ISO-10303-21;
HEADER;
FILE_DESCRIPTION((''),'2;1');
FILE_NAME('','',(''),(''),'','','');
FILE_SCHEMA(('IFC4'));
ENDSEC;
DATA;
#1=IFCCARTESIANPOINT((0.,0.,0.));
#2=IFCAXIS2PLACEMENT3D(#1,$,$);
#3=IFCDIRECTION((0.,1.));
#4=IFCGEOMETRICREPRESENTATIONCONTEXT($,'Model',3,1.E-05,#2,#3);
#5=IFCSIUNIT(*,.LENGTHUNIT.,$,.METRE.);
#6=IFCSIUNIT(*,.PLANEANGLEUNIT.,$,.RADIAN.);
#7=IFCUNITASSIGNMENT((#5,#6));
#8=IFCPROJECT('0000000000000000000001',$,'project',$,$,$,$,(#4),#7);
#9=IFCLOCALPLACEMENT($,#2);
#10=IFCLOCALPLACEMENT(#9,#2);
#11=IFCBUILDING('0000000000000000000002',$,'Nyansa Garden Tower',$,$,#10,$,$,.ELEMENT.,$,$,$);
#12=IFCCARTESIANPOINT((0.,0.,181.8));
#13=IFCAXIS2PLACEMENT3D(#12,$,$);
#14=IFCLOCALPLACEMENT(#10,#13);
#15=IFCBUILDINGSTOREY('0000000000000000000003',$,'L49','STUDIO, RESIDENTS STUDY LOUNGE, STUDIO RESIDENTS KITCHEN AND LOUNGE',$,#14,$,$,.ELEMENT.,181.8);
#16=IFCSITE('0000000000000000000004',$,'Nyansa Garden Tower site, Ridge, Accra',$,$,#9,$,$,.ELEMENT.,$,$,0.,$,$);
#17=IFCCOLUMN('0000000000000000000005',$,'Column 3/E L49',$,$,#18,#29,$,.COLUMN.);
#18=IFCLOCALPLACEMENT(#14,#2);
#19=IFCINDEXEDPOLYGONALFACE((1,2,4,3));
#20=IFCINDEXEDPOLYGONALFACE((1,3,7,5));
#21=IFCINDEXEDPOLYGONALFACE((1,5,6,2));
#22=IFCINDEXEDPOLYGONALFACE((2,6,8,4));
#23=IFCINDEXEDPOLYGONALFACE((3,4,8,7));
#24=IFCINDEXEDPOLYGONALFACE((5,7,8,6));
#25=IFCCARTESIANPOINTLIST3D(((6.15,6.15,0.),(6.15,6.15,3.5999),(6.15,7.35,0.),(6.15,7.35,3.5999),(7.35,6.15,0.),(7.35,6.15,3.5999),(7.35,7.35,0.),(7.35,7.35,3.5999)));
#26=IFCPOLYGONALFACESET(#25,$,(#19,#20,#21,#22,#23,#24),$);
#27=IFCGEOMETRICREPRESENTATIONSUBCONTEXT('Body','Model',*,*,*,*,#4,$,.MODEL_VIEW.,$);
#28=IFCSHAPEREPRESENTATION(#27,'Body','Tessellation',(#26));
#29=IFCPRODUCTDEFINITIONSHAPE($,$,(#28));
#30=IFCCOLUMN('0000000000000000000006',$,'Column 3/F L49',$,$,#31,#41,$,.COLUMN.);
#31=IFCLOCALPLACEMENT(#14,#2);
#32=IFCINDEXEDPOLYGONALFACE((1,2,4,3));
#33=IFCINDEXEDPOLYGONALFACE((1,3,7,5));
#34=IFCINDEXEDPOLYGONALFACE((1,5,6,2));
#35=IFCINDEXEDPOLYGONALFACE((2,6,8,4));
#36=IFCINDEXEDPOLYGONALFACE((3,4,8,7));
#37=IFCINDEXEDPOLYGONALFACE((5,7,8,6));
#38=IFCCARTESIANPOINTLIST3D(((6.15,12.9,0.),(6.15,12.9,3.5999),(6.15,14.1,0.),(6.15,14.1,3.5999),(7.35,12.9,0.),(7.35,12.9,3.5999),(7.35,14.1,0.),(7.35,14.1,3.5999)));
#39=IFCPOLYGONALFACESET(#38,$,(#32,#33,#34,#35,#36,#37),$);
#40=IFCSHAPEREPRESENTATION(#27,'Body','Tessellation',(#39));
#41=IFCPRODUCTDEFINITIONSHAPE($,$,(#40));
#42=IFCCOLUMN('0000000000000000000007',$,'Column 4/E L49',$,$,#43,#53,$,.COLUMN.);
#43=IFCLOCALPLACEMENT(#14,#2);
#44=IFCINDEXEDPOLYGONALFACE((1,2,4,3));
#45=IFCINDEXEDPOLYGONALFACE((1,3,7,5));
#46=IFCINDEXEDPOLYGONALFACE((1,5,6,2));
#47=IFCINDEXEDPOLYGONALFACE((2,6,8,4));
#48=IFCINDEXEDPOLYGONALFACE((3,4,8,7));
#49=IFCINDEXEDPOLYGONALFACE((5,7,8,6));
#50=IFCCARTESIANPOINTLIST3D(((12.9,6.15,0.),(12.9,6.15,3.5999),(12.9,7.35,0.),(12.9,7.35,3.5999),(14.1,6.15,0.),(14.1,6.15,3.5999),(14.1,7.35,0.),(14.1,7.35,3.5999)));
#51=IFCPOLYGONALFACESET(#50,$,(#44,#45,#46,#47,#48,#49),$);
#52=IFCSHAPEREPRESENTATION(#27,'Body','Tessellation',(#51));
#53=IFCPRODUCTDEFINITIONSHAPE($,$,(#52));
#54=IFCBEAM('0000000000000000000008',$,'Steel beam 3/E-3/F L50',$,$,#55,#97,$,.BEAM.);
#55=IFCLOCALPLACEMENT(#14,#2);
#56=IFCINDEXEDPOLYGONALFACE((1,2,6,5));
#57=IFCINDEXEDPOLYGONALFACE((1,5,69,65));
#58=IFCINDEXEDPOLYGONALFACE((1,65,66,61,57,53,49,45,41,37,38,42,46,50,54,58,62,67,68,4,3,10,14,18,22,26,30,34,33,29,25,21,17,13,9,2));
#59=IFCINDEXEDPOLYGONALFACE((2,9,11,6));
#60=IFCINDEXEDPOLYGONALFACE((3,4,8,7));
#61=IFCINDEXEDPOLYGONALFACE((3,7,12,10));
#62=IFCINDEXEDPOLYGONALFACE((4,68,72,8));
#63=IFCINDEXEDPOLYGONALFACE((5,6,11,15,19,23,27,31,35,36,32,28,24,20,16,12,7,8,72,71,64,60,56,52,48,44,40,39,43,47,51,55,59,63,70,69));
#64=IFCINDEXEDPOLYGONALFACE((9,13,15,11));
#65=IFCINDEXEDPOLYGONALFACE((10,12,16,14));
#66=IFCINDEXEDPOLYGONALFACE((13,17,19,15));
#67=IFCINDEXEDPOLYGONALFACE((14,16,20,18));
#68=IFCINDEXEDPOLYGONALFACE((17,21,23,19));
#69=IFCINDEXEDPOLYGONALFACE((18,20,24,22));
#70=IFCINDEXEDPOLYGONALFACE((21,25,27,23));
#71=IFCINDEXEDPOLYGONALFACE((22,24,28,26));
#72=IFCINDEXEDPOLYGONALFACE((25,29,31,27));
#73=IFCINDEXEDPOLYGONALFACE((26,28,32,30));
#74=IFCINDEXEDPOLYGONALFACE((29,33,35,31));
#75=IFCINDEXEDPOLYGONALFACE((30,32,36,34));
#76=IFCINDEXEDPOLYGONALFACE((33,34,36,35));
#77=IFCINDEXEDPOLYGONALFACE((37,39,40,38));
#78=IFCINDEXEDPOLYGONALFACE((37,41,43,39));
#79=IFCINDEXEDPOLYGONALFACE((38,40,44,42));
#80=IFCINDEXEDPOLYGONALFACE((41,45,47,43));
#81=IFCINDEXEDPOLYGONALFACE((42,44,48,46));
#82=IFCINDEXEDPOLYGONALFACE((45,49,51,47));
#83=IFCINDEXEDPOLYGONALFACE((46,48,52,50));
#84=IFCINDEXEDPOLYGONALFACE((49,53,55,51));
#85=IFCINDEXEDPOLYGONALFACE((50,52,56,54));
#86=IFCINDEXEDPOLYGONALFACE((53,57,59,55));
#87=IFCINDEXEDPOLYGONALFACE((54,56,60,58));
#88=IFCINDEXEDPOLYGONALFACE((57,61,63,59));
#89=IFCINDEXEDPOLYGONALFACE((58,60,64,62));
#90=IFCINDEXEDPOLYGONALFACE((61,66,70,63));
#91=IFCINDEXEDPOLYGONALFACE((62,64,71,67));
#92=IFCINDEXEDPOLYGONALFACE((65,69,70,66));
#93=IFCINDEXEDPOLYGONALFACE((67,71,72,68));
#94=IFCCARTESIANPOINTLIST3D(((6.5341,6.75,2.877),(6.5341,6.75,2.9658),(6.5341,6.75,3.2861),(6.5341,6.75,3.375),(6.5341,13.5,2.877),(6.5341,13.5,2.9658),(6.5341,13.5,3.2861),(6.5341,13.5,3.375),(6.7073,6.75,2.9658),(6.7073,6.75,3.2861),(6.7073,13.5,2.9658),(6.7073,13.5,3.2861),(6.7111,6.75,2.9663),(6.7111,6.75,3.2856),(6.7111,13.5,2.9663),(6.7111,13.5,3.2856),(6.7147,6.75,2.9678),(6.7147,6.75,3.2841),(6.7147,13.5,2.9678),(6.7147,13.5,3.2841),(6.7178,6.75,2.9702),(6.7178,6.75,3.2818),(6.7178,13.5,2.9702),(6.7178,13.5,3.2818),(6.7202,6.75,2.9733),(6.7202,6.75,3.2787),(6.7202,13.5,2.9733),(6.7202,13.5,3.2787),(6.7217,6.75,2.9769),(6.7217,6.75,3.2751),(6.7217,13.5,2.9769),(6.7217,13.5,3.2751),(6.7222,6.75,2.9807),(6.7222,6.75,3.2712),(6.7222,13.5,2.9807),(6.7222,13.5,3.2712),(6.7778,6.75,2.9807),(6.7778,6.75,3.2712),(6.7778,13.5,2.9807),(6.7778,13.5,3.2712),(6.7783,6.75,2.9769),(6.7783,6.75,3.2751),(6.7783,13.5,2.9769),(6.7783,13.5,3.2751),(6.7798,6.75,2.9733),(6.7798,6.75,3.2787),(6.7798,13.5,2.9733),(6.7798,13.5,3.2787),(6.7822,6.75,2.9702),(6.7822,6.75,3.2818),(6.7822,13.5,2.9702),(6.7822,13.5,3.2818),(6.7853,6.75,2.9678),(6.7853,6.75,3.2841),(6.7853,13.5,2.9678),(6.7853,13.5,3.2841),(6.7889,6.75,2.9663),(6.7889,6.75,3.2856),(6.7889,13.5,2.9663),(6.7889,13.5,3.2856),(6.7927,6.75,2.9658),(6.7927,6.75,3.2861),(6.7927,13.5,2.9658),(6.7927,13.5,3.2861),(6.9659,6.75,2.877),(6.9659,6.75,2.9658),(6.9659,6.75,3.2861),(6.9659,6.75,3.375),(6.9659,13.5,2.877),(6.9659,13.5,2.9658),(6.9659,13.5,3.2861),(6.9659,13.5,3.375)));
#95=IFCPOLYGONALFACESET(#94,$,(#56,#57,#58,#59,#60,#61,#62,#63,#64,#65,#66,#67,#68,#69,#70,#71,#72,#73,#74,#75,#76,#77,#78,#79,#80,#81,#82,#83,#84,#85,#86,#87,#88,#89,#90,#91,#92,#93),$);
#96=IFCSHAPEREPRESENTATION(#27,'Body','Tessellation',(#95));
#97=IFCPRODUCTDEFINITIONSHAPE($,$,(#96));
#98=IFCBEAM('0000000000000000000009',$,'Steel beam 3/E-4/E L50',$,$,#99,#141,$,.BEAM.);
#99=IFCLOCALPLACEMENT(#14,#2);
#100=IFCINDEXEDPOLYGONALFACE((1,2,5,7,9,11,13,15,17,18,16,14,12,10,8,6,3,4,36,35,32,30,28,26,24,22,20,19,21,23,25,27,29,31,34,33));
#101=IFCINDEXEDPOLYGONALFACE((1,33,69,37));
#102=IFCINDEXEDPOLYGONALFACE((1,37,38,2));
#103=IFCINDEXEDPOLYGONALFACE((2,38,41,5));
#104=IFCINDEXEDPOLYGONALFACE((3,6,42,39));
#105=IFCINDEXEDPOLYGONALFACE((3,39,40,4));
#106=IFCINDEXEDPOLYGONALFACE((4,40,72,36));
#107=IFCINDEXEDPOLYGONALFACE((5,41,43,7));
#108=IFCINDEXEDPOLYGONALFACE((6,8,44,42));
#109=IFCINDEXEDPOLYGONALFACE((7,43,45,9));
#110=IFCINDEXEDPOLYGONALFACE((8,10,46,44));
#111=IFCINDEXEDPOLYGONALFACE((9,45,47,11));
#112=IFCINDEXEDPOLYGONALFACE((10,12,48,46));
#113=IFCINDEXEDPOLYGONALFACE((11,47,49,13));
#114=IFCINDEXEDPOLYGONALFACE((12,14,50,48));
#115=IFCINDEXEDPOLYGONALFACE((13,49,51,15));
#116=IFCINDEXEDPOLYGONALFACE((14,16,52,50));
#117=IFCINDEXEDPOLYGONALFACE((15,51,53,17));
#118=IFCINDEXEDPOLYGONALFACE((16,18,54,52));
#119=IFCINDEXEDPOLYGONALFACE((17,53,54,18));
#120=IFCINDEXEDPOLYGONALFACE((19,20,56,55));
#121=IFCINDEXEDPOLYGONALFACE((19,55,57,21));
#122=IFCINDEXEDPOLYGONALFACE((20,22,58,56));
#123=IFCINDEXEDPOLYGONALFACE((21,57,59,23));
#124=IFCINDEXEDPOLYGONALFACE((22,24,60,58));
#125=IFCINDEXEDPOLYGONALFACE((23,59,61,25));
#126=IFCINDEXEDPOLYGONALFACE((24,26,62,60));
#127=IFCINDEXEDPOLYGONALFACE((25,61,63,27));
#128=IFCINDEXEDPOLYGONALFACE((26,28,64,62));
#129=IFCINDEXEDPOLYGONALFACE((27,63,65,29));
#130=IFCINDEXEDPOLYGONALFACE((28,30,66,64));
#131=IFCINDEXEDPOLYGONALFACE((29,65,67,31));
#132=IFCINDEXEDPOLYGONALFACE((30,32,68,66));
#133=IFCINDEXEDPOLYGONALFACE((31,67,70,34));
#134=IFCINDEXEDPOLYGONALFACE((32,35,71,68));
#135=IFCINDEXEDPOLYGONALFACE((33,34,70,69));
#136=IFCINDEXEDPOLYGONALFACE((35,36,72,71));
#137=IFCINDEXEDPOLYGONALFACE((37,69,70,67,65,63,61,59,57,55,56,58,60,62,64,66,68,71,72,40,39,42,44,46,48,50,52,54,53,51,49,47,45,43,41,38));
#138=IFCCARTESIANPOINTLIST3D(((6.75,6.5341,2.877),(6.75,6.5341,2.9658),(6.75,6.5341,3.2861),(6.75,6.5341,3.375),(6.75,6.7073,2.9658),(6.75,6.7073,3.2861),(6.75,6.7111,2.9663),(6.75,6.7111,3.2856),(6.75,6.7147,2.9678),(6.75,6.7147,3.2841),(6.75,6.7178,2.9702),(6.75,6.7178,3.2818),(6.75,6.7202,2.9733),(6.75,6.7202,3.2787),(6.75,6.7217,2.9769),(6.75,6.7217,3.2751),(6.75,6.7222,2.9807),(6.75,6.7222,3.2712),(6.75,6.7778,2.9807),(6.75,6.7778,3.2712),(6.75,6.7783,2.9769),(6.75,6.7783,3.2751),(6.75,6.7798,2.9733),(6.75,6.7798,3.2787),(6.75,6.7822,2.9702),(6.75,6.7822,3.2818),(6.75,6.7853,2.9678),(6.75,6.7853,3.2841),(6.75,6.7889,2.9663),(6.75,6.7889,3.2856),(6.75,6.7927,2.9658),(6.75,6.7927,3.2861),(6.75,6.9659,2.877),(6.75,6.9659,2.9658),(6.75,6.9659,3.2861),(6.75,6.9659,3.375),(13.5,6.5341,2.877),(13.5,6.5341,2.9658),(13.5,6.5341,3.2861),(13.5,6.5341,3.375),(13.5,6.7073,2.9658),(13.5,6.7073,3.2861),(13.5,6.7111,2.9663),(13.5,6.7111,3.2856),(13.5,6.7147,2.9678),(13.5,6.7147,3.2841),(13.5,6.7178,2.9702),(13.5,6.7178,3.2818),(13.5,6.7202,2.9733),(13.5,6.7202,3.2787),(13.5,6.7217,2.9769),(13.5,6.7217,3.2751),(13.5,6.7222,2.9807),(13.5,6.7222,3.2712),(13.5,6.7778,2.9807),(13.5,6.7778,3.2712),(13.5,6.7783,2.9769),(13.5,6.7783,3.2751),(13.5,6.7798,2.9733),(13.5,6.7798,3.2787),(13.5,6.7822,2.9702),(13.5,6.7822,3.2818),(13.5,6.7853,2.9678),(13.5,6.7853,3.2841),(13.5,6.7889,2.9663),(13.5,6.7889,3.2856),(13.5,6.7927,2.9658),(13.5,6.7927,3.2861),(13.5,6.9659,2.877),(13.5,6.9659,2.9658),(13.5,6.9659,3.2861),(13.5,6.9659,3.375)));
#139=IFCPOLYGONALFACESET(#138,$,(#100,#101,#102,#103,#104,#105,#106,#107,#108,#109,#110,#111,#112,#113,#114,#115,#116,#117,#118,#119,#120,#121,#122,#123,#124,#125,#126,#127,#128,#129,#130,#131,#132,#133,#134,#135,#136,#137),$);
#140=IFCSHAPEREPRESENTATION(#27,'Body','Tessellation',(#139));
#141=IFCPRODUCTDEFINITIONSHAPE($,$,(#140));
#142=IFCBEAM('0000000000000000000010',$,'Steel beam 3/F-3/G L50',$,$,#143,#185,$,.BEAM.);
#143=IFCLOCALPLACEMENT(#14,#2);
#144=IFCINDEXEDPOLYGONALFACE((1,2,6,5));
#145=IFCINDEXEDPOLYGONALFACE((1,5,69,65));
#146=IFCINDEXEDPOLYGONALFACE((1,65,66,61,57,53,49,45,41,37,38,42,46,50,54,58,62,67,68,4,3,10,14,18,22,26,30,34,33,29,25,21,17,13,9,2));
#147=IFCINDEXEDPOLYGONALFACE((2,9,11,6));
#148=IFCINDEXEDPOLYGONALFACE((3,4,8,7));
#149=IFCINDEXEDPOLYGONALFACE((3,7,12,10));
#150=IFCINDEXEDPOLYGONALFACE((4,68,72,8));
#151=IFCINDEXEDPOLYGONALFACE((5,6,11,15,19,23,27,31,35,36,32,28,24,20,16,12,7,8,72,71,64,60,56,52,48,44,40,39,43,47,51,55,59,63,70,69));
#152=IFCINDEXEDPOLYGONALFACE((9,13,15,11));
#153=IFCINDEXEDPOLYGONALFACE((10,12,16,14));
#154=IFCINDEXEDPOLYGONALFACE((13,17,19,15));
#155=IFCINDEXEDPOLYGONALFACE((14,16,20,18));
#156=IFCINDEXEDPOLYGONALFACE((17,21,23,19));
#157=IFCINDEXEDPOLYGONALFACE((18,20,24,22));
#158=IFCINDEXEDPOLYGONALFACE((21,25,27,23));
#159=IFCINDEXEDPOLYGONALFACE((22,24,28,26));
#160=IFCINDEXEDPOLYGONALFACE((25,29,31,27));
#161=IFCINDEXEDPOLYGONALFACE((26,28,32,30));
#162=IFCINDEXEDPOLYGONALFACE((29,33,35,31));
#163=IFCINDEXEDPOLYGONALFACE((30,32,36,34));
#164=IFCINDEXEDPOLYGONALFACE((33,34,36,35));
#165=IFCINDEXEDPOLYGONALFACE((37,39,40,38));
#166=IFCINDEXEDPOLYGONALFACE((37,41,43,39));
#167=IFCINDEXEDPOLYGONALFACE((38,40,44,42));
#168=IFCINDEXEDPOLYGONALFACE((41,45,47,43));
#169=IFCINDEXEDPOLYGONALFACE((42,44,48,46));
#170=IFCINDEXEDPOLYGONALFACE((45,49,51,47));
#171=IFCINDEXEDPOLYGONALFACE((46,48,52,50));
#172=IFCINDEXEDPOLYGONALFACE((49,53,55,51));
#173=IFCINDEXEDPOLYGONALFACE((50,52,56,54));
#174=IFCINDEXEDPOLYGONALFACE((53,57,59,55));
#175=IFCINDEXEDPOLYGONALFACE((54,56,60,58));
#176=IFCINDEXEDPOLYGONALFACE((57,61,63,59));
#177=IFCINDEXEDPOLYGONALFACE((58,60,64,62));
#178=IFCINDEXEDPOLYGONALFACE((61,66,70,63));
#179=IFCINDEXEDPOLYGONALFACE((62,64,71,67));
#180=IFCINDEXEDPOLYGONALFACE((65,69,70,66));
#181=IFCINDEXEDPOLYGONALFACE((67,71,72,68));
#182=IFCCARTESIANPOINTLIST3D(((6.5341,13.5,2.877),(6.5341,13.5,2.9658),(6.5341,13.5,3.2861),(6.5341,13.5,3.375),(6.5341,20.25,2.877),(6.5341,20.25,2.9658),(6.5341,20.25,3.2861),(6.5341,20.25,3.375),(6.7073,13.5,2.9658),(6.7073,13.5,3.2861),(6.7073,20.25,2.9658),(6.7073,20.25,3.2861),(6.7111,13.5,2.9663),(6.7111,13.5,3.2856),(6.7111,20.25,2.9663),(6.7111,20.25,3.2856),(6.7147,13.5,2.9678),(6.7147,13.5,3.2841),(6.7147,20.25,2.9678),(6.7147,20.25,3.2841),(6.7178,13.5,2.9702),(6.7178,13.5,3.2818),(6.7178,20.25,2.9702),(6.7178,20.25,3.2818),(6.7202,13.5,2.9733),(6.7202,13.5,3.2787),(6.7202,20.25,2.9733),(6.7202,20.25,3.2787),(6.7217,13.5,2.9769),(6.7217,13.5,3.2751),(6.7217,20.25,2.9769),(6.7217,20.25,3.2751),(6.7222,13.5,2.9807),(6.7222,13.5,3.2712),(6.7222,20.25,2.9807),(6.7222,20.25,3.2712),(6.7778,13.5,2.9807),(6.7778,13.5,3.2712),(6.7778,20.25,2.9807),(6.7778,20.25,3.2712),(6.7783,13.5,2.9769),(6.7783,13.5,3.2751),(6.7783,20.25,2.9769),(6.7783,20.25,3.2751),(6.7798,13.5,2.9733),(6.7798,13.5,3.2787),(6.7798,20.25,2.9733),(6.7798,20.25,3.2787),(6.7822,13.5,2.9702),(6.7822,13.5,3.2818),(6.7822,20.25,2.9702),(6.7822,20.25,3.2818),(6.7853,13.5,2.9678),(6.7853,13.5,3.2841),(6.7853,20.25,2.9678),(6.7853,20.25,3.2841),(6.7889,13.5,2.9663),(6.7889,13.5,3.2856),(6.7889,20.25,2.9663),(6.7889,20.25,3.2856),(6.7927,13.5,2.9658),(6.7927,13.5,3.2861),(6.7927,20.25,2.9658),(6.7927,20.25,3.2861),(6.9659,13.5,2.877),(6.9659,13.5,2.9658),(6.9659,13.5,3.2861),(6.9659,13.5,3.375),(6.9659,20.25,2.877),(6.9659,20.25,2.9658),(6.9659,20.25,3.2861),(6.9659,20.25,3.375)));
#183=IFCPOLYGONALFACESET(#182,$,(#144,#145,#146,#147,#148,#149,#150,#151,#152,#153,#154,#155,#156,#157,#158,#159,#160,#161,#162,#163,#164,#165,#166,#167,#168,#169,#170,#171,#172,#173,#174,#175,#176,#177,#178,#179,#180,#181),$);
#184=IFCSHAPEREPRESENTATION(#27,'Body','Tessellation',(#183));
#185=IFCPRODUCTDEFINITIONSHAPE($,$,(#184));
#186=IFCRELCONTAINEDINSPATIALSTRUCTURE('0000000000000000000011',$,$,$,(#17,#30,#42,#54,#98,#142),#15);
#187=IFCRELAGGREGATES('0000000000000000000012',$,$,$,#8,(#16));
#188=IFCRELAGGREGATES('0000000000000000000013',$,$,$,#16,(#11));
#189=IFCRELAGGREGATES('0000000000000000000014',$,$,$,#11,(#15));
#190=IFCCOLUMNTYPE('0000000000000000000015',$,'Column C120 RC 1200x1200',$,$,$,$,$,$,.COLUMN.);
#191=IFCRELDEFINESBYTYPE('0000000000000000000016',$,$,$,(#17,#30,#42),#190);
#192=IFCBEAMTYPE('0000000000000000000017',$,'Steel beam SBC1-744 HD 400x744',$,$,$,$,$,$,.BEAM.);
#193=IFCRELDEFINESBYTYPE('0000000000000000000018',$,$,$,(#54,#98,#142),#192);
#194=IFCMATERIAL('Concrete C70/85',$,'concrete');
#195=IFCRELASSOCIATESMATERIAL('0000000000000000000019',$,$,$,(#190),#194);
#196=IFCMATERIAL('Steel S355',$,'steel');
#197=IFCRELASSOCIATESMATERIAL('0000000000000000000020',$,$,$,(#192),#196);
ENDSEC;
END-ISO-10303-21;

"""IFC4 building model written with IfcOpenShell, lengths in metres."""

from ifc_helpers import new_model, si_unit, direction, frame, origin, origin_2d, place, context, subcontext, project, spatial, rectangle, i_section, extrude, material, material_profile, profile_set, type_object, element, save


model = new_model("IFC4")

# Units and contexts
model_context = context("Model", 3, precision=1e-05, world=origin(), true_north=direction((0.0, 1.0)))
body_context = subcontext(model_context, "Body", "Model", "MODEL_VIEW")
ifc_project = project(units=[si_unit("LENGTHUNIT", "METRE"), si_unit("PLANEANGLEUNIT", "RADIAN")], contexts=[model_context])

# Site, building, storey
site_placement = place(None, origin())
site = spatial("IfcSite", under=ifc_project, at=site_placement, Name="Nyansa Garden Tower site, Ridge, Accra", CompositionType="ELEMENT", RefElevation=0.0)
building_placement = place(site_placement, origin())
building = spatial("IfcBuilding", under=site, at=building_placement, Name="Nyansa Garden Tower", CompositionType="ELEMENT")
storey_placement = place(building_placement, frame((0.0, 0.0, 181.8)))
storey = spatial("IfcBuildingStorey", under=building, at=storey_placement, Name="L49", Description="STUDIO, RESIDENTS STUDY LOUNGE, STUDIO RESIDENTS KITCHEN AND LOUNGE", CompositionType="ELEMENT", Elevation=181.8)

# Columns
ifc_material_1 = material(Name="Concrete C70/85", Category="concrete")
ifc_material_profile_1 = material_profile(ifc_material_1, rectangle(XDim=1.2, YDim=1.2, at=origin_2d()), Name="RC 1200x1200")
ifc_profile_set_1 = profile_set([ifc_material_profile_1], Name="Concrete C70/85")
column_type = type_object("IfcColumnType", Name="Column C120 RC 1200x1200", PredefinedType="COLUMN", material=ifc_profile_set_1)
for number, where, z_axis, x_axis, name in (
    (1, (6.75, 6.75, 0.0), (0.0, 0.0, 1.0), (1.0, 0.0, 0.0), "Column 3/E L49"),
    (2, (6.75, 13.5, 0.0), (0.0, 0.0, 1.0), (1.0, 0.0, 0.0), "Column 3/F L49"),
    (3, (13.5, 6.75, 0.0), (0.0, 0.0, 1.0), (1.0, 0.0, 0.0), "Column 4/E L49"),
):
    element("IfcColumn", number, at=place(storey_placement, frame(where, z_axis=z_axis, x_axis=x_axis)), inside=storey, type_object=column_type, Name=name, PredefinedType="COLUMN", context=body_context, shape_type="SweptSolid", body=[
        extrude(rectangle(XDim=1.2, YDim=1.2, at=origin_2d()), origin(), (0.0, 0.0, 1.0), 3.5999),
    ])

# Beams
ifc_material_2 = material(Name="Steel S355", Category="steel")
ifc_material_profile_2 = material_profile(ifc_material_2, i_section(OverallWidth=0.4319, OverallDepth=0.498, WebThickness=0.0557, FlangeThickness=0.0889, FilletRadius=0.0149, at=origin_2d()), Name="HD 400x744")
ifc_profile_set_2 = profile_set([ifc_material_profile_2], Name="Steel S355")
beam_type_1 = type_object("IfcBeamType", Name="Steel beam SBC1-744 HD 400x744", PredefinedType="BEAM", material=ifc_profile_set_2)
for number, where, z_axis, x_axis, name in (
    (4, (6.75, 6.75, 3.126), (0.0, 1.0, 0.0), (-1.0, 0.0, 0.0), "Steel beam 3/E-3/F L50"),
    (5, (6.75, 6.75, 3.126), (1.0, 0.0, 0.0), (0.0, 1.0, 0.0), "Steel beam 3/E-4/E L50"),
    (6, (6.75, 13.5, 3.126), (0.0, 1.0, 0.0), (-1.0, 0.0, 0.0), "Steel beam 3/F-3/G L50"),
):
    element("IfcBeam", number, at=place(storey_placement, frame(where, z_axis=z_axis, x_axis=x_axis)), inside=storey, type_object=beam_type_1, Name=name, PredefinedType="BEAM", context=body_context, shape_type="SweptSolid", body=[
        extrude(i_section(OverallWidth=0.4319, OverallDepth=0.498, WebThickness=0.0557, FlangeThickness=0.0889, FilletRadius=0.0149, at=origin_2d()), origin(), (0.0, 0.0, 1.0), 6.75),
    ])

save(model, "model.ifc")
